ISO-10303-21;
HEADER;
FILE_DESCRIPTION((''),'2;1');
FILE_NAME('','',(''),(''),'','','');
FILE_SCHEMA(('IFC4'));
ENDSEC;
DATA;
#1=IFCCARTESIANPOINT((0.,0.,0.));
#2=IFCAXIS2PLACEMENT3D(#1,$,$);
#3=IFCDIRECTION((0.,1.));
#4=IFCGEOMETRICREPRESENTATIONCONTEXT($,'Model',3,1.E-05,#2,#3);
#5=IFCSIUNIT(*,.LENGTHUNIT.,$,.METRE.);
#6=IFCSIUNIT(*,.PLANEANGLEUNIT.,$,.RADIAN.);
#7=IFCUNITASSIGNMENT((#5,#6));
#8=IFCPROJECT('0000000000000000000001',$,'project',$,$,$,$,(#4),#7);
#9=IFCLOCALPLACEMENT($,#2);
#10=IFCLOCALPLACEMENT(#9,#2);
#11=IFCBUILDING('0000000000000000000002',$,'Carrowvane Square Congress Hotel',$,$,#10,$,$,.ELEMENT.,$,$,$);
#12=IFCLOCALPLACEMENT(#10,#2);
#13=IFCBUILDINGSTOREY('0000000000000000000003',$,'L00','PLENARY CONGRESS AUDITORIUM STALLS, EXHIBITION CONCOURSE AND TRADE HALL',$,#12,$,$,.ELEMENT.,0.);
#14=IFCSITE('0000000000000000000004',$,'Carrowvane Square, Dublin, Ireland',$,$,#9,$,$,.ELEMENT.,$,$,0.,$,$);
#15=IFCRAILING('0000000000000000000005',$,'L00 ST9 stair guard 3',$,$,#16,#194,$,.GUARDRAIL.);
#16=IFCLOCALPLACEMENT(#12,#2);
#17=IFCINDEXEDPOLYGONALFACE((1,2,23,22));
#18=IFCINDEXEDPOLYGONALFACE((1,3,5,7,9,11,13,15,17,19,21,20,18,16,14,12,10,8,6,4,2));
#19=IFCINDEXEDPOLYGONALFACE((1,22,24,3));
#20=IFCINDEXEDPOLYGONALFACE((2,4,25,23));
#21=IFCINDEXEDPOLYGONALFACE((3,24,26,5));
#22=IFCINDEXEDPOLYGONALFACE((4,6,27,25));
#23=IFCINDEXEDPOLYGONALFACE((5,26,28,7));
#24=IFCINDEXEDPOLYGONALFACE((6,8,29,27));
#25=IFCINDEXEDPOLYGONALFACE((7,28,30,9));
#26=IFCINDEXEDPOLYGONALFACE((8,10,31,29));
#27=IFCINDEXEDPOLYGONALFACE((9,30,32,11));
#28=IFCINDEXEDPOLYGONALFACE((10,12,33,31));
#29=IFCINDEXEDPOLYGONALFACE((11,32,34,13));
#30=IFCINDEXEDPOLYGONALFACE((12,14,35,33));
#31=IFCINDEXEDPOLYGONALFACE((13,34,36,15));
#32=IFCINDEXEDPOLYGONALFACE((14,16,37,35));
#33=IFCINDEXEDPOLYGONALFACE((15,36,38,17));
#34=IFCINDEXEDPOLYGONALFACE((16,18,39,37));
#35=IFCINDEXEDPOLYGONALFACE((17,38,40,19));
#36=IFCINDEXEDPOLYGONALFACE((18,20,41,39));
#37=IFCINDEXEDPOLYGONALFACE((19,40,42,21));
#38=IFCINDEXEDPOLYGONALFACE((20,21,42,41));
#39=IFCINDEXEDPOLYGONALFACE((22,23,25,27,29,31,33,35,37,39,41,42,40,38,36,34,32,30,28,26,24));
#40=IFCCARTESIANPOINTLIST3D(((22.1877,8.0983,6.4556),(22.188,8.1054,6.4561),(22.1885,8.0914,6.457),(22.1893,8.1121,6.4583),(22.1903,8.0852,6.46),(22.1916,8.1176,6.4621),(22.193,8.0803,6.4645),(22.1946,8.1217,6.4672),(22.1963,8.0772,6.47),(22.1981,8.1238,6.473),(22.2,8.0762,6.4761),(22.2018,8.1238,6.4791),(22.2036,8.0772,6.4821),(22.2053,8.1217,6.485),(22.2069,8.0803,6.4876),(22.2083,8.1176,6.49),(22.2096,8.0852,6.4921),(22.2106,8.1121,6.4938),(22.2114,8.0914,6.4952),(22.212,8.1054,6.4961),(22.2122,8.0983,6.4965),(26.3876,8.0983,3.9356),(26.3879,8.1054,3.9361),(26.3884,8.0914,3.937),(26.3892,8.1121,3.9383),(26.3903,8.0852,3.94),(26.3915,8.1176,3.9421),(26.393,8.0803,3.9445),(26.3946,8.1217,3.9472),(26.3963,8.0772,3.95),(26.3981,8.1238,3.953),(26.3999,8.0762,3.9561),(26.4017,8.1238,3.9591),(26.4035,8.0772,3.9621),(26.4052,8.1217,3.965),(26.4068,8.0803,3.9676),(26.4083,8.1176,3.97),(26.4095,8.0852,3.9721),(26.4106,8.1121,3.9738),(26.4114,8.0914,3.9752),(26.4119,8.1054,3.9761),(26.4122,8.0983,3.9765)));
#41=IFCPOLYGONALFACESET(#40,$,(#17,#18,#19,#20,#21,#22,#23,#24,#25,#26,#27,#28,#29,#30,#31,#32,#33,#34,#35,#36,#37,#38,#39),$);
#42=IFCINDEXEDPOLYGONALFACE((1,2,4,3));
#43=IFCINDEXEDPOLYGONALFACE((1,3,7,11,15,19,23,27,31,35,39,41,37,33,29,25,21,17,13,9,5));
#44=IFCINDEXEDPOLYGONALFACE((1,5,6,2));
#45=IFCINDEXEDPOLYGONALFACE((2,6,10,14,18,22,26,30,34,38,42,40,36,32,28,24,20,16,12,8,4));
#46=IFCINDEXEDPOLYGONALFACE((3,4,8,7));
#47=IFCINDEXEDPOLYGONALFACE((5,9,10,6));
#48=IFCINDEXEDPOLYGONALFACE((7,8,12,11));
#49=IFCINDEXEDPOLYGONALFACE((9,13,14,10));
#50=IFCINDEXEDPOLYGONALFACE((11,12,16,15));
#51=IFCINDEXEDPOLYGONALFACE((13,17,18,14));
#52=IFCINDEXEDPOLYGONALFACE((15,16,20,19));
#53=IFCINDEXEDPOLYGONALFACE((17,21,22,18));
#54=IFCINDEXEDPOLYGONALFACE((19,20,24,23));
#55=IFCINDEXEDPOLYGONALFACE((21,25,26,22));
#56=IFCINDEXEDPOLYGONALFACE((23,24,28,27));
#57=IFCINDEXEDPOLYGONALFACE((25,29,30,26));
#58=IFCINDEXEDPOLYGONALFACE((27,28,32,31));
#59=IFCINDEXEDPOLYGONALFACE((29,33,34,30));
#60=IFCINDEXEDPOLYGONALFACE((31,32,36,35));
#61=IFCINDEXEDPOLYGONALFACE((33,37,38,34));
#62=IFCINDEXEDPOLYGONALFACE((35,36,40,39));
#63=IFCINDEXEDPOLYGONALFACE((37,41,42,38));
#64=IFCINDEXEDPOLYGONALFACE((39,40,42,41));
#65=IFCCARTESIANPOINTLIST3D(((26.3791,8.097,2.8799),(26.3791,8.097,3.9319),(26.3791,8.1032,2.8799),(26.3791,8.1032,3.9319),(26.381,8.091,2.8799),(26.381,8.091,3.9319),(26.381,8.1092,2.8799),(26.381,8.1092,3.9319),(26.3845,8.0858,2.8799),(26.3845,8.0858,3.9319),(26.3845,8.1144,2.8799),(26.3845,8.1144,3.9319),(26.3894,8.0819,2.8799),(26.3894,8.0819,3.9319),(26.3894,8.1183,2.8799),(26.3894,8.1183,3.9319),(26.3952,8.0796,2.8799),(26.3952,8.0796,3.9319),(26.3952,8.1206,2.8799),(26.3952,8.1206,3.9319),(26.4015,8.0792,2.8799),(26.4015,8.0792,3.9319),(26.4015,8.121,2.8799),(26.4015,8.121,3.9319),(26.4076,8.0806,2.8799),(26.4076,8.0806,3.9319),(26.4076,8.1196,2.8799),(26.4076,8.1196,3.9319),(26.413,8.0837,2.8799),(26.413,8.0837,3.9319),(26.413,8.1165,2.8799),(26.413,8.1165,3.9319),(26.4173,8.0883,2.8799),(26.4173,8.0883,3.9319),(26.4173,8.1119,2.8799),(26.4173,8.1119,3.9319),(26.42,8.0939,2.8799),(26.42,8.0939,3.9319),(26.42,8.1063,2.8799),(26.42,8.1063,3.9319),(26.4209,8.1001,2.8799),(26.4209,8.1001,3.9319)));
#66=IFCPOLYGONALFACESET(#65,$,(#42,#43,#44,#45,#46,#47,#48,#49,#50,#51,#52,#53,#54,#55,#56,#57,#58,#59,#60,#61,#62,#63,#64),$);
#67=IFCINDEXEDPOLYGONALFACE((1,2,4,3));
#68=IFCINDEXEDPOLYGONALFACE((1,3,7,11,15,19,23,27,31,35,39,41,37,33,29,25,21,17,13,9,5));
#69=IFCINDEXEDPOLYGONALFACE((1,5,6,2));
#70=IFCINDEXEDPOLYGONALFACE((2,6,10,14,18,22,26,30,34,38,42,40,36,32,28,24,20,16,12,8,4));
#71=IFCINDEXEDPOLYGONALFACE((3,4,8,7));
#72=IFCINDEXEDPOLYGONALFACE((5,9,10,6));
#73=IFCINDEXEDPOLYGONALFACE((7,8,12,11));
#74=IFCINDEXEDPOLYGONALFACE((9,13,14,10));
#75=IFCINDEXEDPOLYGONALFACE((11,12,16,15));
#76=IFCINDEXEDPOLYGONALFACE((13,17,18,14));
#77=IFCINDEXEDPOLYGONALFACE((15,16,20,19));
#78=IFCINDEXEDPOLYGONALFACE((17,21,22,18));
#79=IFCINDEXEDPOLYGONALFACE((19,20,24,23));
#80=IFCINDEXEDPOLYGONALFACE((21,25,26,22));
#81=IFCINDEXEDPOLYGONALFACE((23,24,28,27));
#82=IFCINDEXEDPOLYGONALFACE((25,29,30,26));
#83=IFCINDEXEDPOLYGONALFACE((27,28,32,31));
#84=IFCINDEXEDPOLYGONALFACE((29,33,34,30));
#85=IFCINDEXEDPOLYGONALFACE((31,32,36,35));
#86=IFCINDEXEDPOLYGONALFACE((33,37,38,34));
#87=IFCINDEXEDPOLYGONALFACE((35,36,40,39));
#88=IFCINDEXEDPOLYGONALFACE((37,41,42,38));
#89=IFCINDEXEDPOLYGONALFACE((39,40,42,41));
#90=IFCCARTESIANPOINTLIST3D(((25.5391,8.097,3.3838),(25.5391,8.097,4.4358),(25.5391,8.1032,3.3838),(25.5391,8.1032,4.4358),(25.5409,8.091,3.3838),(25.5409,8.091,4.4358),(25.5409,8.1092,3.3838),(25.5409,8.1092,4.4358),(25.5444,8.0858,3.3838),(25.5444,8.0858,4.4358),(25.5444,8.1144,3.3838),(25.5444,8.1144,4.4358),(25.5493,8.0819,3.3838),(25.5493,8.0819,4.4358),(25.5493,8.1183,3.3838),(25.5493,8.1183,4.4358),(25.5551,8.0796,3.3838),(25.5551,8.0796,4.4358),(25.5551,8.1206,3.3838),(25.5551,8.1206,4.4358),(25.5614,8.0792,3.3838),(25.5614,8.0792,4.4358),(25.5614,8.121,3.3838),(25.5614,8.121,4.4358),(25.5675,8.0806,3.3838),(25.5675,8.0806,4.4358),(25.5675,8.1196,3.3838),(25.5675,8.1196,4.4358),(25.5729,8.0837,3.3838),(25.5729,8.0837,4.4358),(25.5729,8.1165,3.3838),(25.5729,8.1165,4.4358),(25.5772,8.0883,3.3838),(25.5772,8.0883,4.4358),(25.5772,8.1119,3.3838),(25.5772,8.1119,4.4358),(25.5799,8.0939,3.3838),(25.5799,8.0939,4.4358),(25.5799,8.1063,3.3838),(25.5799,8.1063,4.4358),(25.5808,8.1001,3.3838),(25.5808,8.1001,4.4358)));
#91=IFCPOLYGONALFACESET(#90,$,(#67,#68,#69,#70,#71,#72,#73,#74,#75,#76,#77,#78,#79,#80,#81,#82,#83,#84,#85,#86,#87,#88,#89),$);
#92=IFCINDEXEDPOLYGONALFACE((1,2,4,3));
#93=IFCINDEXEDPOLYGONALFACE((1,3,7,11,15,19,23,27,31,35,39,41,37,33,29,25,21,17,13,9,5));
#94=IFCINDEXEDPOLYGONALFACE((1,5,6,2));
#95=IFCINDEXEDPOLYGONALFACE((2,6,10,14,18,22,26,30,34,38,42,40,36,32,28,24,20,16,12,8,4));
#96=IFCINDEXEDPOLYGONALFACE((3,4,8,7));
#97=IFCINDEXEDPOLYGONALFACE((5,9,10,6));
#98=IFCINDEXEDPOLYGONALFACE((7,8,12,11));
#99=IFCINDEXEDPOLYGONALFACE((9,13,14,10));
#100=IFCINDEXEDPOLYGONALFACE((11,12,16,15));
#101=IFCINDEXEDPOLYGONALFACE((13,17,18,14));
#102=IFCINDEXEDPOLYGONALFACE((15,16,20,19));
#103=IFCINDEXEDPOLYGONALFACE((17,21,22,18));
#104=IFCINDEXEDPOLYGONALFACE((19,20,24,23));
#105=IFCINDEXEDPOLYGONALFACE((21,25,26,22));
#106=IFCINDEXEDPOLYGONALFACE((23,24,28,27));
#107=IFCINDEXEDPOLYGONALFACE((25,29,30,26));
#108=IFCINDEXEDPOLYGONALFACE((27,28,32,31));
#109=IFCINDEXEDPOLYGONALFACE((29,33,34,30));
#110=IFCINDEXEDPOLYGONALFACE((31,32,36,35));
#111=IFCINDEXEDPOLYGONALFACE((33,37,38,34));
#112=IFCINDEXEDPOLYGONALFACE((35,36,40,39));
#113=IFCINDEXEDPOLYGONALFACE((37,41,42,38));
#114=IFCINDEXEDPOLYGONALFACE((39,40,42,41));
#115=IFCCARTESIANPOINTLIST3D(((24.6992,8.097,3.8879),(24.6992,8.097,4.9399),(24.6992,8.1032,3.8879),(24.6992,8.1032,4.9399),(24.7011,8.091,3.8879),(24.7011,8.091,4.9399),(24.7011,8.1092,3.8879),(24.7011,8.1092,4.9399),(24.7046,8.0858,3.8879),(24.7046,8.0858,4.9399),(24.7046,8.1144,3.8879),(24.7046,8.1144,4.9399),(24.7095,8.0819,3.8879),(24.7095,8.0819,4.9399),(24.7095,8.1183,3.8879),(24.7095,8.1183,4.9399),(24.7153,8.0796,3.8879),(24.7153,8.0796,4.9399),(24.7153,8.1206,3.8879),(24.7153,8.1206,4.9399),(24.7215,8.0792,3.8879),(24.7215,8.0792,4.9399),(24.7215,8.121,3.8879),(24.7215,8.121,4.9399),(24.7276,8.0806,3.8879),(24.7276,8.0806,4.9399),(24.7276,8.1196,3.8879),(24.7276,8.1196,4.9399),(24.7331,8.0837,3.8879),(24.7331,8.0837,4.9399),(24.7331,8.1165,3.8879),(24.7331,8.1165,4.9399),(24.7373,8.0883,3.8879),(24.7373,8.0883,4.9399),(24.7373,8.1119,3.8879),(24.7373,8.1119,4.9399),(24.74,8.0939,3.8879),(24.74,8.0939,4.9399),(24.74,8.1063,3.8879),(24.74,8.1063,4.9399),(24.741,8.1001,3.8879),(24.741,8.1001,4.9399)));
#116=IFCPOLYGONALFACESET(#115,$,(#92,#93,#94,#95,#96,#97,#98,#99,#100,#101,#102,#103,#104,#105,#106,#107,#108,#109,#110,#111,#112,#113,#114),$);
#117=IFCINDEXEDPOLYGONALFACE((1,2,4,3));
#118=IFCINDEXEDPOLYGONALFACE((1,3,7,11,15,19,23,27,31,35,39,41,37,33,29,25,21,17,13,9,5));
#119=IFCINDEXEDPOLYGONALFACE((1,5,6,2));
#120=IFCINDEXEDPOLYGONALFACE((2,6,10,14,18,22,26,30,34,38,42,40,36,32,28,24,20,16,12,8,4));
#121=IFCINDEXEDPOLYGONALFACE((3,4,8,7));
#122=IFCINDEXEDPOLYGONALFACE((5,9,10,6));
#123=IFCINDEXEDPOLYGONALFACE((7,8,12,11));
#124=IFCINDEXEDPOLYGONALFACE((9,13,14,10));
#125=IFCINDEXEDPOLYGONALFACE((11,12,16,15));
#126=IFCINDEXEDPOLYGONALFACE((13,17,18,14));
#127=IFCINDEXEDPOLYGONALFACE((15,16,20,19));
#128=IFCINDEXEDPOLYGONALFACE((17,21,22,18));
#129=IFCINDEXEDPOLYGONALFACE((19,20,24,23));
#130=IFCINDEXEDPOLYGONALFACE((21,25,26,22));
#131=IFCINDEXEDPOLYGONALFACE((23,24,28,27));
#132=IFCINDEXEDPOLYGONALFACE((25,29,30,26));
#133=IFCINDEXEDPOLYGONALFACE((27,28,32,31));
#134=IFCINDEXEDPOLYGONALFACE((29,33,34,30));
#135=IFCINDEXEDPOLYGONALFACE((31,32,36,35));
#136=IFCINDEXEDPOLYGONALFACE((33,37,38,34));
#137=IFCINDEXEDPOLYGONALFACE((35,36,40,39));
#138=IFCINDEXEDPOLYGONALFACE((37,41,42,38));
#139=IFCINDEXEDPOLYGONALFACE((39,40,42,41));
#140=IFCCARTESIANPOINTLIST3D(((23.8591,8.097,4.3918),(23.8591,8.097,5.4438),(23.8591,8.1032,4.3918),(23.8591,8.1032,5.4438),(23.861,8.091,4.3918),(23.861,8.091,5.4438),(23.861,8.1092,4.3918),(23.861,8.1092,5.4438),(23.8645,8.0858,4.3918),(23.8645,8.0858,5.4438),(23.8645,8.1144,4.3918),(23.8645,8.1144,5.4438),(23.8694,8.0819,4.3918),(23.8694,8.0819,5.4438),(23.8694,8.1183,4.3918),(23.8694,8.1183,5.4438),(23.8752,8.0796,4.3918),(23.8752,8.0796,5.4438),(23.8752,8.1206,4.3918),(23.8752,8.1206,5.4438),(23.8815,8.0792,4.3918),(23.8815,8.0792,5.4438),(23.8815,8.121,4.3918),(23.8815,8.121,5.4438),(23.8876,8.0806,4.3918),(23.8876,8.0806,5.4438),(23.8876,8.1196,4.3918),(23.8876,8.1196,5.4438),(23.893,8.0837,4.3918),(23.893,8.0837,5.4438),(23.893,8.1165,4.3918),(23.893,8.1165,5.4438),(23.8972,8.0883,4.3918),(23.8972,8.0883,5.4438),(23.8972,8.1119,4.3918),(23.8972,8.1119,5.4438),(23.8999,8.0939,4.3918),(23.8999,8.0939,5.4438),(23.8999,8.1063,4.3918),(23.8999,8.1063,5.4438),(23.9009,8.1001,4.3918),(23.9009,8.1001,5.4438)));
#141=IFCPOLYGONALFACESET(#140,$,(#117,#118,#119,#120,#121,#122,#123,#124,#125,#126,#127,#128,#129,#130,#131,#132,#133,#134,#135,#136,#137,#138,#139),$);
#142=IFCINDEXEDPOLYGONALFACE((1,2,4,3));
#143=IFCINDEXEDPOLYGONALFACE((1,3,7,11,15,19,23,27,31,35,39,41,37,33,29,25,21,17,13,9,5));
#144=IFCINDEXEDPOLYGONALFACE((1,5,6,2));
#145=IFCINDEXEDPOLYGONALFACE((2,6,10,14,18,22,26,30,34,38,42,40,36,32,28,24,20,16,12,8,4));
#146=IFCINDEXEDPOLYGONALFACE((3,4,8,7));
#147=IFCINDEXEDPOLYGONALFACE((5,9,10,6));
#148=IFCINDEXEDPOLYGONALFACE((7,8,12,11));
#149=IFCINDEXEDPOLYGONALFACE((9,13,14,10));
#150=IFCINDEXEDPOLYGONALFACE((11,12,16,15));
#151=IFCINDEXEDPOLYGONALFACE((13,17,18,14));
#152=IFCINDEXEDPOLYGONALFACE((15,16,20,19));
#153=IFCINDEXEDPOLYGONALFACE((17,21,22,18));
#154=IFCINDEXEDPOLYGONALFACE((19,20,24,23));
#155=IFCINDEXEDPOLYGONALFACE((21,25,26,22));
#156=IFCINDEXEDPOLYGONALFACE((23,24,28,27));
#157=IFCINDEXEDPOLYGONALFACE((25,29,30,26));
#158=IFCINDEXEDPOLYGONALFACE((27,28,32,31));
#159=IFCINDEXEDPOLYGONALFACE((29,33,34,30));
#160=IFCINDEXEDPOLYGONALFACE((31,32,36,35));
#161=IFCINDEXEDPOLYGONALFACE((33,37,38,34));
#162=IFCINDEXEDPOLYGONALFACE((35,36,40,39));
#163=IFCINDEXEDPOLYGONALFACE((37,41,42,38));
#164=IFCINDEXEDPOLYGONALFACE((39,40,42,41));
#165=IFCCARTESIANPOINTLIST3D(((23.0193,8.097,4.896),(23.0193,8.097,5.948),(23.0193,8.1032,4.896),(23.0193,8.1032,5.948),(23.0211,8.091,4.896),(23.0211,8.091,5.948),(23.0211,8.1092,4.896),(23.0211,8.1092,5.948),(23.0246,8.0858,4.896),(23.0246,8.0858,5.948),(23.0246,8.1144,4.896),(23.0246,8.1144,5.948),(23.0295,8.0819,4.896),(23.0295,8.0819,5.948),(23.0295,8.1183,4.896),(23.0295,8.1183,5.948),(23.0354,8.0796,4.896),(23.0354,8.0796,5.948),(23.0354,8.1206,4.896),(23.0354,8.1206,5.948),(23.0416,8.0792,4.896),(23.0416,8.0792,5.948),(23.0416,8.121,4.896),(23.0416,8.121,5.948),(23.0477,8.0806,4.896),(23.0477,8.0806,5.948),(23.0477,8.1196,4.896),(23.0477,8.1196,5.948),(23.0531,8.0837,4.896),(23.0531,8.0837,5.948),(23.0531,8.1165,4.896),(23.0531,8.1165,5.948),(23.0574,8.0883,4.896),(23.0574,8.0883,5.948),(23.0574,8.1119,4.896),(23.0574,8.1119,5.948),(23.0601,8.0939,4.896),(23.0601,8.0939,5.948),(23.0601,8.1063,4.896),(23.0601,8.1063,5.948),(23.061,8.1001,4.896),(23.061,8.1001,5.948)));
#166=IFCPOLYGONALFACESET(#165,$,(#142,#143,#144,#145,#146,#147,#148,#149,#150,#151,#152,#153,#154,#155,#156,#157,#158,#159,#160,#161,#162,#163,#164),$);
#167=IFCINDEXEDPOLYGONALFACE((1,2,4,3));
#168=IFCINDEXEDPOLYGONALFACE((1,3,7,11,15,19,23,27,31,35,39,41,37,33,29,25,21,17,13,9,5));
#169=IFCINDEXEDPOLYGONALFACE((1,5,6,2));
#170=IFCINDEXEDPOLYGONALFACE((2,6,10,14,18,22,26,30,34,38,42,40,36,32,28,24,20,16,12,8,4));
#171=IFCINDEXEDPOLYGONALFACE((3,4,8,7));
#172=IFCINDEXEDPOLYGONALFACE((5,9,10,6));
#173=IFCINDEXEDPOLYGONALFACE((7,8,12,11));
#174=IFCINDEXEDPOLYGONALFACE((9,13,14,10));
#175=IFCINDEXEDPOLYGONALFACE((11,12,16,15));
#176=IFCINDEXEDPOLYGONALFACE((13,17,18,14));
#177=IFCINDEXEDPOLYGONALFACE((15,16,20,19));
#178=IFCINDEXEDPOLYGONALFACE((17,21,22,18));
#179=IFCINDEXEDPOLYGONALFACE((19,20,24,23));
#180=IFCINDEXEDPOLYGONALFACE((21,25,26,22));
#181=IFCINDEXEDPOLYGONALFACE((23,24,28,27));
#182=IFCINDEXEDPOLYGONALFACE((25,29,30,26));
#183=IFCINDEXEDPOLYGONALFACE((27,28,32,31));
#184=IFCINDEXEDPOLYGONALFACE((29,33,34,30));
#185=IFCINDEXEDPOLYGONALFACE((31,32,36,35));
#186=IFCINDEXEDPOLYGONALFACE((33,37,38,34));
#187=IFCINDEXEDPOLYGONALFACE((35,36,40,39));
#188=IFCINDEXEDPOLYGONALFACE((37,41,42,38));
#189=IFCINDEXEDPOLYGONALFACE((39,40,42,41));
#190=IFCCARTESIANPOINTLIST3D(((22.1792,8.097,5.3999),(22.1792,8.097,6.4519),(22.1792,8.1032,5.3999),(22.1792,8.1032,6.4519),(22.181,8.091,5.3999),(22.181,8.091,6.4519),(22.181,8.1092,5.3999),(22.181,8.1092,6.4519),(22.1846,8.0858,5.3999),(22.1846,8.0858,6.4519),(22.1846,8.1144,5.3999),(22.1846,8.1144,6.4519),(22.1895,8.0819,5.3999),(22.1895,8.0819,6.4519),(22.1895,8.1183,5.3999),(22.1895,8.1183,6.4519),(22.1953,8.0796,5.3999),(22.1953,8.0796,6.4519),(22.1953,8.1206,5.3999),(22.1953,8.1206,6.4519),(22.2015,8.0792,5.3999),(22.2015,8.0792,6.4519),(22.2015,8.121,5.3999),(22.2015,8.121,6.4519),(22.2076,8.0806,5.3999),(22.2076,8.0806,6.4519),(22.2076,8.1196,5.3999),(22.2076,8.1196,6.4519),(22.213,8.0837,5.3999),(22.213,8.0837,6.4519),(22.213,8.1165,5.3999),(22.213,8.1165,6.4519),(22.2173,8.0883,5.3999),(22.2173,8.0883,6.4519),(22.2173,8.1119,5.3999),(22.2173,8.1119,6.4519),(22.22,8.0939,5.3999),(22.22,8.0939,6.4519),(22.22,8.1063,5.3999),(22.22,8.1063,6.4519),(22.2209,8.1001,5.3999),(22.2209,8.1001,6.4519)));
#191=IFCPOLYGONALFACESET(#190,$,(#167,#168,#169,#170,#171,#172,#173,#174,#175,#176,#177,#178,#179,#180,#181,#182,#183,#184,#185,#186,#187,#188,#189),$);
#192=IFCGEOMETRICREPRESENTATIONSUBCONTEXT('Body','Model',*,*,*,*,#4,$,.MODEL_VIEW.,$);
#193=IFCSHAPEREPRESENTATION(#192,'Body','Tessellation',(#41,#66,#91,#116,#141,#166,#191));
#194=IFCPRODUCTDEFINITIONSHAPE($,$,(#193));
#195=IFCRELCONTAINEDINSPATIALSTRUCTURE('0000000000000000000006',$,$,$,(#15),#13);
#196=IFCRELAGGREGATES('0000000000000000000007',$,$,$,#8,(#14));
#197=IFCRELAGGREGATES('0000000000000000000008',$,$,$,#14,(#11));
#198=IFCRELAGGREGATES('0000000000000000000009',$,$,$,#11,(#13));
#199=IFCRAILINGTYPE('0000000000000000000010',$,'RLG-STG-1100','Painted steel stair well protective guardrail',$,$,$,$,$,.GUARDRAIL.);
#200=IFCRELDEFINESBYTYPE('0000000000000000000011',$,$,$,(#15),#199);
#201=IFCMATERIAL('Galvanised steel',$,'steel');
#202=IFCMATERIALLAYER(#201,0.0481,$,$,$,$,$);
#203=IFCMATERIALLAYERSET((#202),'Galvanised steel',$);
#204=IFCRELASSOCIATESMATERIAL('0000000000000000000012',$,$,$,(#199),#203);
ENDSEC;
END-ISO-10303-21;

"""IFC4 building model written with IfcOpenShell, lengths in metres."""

from ifc_helpers import new_model, si_unit, direction, frame, origin, origin_2d, place, context, subcontext, project, spatial, circle, extrude, material, layer, layer_set, type_object, element, save


model = new_model("IFC4")

# Units and contexts
model_context = context("Model", 3, precision=1e-05, world=origin(), true_north=direction((0.0, 1.0)))
body_context = subcontext(model_context, "Body", "Model", "MODEL_VIEW")
ifc_project = project(units=[si_unit("LENGTHUNIT", "METRE"), si_unit("PLANEANGLEUNIT", "RADIAN")], contexts=[model_context])

# Site, building, storey
site_placement = place(None, origin())
site = spatial("IfcSite", under=ifc_project, at=site_placement, Name="Carrowvane Square, Dublin, Ireland", CompositionType="ELEMENT", RefElevation=0.0)
building_placement = place(site_placement, origin())
building = spatial("IfcBuilding", under=site, at=building_placement, Name="Carrowvane Square Congress Hotel", CompositionType="ELEMENT")
storey_placement = place(building_placement, origin())
storey = spatial("IfcBuildingStorey", under=building, at=storey_placement, Name="L00", Description="PLENARY CONGRESS AUDITORIUM STALLS, EXHIBITION CONCOURSE AND TRADE HALL", CompositionType="ELEMENT", Elevation=0.0)

# Railing
ifc_material_1 = material(Name="Galvanised steel", Category="steel")
ifc_layer_1 = layer(ifc_material_1, 0.0481)
ifc_layer_set_1 = layer_set([ifc_layer_1], Name="Galvanised steel")
railing_type_1 = type_object("IfcRailingType", Name="RLG-STG-1100", Description="Painted steel stair well protective guardrail", PredefinedType="GUARDRAIL", material=ifc_layer_set_1)
railing_1_placement = place(storey_placement, frame((26.3999, 8.1001, 2.8799)))
element("IfcRailing", 1, at=railing_1_placement, inside=storey, type_object=railing_type_1, Name="L00 ST9 stair guard 3", PredefinedType="GUARDRAIL", context=body_context, shape_type="SweptSolid", body=[
    extrude(circle(Radius=0.0239, at=origin_2d()), frame((0.0, 0.0, 1.0762), z_axis=(-0.857489, 0.0, 0.514503), x_axis=(0.0, -1.0, 0.0)), (0.0, 0.0, 1.0), 4.8979),
    extrude(circle(Radius=0.021, at=origin_2d()), origin(), (0.0, 0.0, 1.0), 1.052),
    extrude(circle(Radius=0.021, at=origin_2d()), frame((-0.8401, 0.0, 0.5039)), (0.0, 0.0, 1.0), 1.052),
    extrude(circle(Radius=0.021, at=origin_2d()), frame((-1.6799, 0.0, 1.0081)), (0.0, 0.0, 1.0), 1.052),
    extrude(circle(Radius=0.021, at=origin_2d()), frame((-2.52, 0.0, 1.512)), (0.0, 0.0, 1.0), 1.052),
    extrude(circle(Radius=0.021, at=origin_2d()), frame((-3.3599, 0.0, 2.0161)), (0.0, 0.0, 1.0), 1.052),
    extrude(circle(Radius=0.021, at=origin_2d()), frame((-4.2, 0.0, 2.52)), (0.0, 0.0, 1.0), 1.052),
])

save(model, "model.ifc")
